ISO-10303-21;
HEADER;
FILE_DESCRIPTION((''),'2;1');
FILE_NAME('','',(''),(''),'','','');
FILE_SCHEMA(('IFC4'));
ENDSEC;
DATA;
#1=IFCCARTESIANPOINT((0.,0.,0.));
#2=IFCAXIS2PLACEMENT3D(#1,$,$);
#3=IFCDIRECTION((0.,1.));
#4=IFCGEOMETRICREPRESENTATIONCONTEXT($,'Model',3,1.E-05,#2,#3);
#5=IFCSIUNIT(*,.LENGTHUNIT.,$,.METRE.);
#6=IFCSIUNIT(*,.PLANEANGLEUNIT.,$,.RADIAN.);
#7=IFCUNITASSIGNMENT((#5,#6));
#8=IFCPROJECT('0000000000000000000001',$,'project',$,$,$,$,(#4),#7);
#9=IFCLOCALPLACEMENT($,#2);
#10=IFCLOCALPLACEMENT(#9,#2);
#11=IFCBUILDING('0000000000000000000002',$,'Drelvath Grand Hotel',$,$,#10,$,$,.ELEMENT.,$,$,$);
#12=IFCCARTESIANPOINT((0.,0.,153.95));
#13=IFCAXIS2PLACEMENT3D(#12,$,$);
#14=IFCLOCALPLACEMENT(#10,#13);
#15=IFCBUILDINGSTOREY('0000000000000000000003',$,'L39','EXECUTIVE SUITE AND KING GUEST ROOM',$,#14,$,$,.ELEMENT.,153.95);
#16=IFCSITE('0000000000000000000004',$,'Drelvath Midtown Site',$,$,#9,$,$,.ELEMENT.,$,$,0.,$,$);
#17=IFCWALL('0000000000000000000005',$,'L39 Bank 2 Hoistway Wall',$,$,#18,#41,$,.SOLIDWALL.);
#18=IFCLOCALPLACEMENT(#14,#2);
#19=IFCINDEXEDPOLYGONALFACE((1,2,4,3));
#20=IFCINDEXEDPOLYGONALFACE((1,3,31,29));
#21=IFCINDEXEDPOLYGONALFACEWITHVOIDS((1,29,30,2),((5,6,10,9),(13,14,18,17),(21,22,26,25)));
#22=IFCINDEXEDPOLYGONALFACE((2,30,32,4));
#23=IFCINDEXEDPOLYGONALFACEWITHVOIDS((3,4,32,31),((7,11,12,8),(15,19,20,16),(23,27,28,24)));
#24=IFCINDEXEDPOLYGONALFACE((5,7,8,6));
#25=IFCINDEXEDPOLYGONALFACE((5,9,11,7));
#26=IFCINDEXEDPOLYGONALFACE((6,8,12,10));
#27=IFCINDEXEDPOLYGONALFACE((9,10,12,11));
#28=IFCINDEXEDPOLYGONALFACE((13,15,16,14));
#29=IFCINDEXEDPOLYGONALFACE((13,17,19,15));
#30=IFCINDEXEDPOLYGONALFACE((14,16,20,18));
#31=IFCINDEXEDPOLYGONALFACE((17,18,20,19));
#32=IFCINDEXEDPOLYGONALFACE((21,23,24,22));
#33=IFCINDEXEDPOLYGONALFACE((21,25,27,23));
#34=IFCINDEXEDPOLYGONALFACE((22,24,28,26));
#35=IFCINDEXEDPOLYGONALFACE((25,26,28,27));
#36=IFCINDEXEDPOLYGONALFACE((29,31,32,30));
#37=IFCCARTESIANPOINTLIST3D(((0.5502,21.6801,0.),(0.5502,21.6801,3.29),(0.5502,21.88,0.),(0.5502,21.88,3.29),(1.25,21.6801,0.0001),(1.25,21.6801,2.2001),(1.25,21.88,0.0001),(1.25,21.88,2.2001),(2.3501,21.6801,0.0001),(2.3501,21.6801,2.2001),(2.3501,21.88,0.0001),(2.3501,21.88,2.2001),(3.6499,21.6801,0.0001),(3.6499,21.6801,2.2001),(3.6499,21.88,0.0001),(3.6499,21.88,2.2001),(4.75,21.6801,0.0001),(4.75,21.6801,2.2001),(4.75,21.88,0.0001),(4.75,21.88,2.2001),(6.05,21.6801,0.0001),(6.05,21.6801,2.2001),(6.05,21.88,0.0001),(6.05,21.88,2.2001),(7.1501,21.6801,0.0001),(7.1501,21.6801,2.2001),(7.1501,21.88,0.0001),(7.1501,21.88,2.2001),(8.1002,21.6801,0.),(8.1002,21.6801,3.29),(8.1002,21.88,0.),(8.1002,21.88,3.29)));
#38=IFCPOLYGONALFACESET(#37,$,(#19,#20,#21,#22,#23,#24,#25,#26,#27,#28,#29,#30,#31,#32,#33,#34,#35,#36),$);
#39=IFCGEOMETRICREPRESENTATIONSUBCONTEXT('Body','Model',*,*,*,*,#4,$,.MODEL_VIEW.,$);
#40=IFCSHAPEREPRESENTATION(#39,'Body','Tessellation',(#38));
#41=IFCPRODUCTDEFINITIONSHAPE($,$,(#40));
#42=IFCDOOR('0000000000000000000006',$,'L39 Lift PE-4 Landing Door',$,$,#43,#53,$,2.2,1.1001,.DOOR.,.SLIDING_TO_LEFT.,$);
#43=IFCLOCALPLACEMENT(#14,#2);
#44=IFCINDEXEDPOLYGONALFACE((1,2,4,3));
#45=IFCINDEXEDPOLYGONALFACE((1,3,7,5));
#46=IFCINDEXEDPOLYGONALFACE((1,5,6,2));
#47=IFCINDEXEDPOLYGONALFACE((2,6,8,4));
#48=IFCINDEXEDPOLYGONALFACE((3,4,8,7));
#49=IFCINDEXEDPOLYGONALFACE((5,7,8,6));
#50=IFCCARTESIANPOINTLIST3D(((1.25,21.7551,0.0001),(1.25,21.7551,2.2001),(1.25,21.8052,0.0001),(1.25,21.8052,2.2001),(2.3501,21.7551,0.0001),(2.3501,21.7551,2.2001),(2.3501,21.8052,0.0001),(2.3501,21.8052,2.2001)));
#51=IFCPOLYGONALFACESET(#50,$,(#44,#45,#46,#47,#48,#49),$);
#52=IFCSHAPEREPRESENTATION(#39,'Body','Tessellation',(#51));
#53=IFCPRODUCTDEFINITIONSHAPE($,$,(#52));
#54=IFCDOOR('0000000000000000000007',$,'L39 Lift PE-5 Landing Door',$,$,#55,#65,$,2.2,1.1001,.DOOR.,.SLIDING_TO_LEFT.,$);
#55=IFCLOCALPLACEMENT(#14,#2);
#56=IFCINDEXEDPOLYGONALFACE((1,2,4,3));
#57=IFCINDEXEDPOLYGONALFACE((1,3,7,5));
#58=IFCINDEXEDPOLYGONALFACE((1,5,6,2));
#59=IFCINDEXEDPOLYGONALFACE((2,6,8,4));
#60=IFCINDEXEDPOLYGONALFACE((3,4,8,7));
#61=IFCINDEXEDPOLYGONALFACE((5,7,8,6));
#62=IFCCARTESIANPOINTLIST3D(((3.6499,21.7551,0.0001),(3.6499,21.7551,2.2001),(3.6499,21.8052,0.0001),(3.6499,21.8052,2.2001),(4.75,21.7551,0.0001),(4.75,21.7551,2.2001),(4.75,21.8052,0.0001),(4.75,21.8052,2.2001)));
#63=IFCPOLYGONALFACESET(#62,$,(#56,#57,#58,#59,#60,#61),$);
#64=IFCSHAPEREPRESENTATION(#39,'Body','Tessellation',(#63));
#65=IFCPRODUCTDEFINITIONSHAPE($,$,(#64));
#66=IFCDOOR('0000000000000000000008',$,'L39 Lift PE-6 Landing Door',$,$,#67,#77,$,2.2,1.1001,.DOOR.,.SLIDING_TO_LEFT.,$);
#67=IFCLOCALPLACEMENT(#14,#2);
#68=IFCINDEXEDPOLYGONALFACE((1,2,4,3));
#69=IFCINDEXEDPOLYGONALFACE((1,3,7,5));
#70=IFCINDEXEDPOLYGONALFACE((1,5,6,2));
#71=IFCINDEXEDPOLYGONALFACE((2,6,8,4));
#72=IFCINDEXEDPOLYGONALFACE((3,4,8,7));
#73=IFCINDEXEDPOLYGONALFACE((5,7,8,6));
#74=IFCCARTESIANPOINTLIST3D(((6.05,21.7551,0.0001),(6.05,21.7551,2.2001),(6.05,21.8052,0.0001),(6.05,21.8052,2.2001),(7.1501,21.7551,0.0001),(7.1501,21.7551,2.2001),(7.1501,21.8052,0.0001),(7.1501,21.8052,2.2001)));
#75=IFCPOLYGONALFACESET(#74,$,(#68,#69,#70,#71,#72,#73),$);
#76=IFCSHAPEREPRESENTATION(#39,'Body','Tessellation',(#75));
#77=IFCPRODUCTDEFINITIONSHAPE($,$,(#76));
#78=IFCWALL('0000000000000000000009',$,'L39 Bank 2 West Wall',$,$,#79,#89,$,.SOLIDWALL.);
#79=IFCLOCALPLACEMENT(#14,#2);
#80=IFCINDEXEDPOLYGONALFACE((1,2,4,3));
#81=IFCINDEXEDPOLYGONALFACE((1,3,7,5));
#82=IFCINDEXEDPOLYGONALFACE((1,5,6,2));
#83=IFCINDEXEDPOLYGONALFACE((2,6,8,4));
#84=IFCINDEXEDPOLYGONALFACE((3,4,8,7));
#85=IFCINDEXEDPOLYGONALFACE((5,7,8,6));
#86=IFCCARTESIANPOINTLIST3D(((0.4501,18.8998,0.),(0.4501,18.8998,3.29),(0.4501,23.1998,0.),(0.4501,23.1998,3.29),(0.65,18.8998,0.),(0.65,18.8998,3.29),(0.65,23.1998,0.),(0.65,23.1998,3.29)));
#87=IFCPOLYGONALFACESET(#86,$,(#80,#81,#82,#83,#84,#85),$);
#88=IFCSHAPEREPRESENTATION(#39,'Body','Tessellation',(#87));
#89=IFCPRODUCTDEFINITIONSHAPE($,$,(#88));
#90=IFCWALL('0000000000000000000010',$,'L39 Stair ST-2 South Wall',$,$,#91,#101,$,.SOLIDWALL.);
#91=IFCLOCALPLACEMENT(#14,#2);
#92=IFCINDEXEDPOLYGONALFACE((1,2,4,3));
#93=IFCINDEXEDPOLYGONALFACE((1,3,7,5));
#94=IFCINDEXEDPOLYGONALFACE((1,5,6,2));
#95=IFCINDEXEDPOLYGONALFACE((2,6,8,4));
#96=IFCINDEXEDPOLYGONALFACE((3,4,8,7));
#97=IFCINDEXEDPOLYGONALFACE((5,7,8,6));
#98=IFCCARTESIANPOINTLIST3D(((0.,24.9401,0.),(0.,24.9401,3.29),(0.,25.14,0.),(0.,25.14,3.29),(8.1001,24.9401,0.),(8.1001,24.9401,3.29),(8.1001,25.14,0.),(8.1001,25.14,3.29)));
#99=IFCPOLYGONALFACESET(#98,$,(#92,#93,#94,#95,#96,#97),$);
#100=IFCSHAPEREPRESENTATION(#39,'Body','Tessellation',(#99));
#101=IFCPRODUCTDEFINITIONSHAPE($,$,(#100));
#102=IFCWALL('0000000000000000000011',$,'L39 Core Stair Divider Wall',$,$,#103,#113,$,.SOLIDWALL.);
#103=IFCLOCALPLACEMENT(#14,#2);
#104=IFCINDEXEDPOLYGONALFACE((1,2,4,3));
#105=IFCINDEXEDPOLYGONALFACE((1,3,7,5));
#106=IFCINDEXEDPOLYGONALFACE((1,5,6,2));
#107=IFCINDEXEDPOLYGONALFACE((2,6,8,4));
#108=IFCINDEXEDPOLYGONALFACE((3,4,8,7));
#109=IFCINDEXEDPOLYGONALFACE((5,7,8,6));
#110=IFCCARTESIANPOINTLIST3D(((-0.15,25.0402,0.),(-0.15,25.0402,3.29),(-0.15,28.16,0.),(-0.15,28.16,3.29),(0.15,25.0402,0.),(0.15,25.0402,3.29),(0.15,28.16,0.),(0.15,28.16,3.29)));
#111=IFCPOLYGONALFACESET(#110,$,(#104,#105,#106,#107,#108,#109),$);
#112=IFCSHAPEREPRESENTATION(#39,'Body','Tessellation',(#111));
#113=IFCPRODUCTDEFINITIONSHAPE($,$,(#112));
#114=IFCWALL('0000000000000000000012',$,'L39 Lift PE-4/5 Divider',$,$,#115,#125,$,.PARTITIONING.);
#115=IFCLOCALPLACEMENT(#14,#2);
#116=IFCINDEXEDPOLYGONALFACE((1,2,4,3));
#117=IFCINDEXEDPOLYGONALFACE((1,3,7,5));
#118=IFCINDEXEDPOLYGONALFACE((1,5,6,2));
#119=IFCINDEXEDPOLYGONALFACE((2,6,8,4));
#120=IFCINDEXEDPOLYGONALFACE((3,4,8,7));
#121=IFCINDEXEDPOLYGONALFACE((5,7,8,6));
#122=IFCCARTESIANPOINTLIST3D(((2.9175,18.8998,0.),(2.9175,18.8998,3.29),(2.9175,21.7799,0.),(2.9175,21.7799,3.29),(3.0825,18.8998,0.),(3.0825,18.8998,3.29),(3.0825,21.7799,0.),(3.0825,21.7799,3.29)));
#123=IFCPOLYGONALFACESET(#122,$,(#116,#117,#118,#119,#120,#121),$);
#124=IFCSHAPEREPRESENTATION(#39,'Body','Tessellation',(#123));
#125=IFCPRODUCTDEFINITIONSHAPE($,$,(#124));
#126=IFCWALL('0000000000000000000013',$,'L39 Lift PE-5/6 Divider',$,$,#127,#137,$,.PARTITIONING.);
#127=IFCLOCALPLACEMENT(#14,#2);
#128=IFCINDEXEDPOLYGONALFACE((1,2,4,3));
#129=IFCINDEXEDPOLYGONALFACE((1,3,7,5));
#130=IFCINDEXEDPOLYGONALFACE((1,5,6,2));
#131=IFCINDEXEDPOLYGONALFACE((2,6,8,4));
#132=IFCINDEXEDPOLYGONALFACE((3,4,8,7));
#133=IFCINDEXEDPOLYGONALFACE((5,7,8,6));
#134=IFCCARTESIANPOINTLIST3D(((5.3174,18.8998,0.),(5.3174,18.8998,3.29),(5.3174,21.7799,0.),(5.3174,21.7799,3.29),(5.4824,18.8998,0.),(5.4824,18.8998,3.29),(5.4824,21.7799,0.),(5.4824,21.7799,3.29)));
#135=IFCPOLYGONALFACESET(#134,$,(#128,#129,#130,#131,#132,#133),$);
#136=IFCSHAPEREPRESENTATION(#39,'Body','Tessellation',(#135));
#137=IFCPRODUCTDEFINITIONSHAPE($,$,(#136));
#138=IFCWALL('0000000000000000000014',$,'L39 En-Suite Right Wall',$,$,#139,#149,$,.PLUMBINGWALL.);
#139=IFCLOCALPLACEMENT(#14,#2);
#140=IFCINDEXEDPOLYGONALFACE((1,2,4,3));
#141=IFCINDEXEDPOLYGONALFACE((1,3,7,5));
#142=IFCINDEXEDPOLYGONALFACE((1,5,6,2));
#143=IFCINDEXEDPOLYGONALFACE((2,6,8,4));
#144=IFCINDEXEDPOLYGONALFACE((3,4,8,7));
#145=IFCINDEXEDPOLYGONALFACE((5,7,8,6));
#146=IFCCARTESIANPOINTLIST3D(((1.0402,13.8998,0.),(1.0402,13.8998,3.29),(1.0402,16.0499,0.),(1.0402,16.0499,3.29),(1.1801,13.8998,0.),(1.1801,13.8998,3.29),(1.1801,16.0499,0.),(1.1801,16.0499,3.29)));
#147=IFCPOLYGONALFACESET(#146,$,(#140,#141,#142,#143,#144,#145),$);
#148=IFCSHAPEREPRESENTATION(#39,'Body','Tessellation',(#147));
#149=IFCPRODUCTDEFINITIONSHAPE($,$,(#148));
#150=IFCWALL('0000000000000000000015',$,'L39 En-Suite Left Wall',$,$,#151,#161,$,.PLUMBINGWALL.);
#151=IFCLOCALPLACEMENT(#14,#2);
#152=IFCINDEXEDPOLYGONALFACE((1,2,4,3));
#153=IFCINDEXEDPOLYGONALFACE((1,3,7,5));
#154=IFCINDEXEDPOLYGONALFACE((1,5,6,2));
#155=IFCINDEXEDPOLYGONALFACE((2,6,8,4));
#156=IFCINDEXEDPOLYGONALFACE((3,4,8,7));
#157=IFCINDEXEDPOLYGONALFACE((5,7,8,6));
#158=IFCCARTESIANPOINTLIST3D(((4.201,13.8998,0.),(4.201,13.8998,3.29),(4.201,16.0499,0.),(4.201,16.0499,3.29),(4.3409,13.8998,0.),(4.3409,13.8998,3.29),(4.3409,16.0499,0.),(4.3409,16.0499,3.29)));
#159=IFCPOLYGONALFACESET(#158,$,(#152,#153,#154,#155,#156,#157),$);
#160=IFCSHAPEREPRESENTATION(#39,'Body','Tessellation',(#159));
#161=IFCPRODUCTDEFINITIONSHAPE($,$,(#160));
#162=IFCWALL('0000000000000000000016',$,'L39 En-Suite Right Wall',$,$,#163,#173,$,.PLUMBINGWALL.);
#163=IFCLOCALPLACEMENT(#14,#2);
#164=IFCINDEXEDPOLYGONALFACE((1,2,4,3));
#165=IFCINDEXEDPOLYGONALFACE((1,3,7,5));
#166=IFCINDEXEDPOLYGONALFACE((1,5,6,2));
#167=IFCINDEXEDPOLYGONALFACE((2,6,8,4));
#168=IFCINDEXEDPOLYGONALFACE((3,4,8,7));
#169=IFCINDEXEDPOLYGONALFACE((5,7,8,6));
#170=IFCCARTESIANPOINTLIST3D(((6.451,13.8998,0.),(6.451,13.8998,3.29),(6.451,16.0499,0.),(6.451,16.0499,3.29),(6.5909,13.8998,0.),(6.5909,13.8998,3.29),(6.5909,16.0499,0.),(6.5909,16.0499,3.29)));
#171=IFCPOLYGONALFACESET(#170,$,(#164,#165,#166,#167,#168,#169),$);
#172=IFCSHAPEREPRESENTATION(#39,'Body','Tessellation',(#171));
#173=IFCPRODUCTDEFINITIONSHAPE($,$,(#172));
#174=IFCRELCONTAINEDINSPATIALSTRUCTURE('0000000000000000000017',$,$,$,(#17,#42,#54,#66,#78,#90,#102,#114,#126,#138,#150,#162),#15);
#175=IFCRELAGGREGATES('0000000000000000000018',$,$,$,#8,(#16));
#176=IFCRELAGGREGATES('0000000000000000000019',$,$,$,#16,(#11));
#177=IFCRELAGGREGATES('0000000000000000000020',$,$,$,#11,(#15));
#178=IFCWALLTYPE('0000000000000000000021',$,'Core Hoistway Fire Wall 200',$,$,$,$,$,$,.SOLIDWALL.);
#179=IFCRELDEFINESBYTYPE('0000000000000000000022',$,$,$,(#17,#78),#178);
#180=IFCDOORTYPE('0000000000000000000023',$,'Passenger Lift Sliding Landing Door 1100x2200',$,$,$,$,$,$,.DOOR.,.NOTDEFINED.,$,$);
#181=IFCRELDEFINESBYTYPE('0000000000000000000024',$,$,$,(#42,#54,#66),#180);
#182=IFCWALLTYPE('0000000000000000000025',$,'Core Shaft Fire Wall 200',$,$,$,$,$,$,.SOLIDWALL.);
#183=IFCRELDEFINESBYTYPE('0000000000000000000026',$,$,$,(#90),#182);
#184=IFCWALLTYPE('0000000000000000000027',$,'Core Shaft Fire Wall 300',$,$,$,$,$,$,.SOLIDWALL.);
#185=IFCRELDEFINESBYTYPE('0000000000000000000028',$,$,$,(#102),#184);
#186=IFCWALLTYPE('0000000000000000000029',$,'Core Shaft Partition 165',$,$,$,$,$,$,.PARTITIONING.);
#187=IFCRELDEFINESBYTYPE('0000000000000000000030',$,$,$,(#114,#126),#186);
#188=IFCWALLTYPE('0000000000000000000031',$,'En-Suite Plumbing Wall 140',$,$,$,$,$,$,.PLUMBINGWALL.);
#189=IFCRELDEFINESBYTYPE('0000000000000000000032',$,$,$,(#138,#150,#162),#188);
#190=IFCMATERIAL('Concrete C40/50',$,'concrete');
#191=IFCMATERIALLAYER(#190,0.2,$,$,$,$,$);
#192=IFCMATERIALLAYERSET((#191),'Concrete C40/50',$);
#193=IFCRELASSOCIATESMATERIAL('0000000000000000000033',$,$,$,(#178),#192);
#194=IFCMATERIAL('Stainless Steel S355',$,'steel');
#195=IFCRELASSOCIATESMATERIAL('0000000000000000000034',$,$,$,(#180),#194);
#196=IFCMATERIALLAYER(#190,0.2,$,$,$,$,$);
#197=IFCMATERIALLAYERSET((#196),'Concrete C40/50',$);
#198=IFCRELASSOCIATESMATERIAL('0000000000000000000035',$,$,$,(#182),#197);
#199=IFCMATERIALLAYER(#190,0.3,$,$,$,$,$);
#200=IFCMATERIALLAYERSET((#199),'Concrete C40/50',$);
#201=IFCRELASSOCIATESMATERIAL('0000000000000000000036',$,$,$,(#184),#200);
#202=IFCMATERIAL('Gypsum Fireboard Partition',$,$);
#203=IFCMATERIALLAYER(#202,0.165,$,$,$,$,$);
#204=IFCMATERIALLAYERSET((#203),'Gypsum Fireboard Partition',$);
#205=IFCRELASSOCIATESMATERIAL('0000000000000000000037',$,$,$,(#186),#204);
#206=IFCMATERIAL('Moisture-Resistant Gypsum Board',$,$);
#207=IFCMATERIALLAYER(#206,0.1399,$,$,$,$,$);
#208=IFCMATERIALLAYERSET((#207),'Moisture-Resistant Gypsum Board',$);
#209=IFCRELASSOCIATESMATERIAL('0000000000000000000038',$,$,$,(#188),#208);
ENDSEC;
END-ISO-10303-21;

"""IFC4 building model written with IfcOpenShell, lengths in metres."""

from ifc_helpers import new_model, si_unit, direction, frame, frame_2d, origin, place, context, subcontext, project, spatial, rectangle, extrude, material, layer, layer_set, type_object, element, fill, save


model = new_model("IFC4")

# Units and contexts
model_context = context("Model", 3, precision=1e-05, world=origin(), true_north=direction((0.0, 1.0)))
body_context = subcontext(model_context, "Body", "Model", "MODEL_VIEW")
ifc_project = project(units=[si_unit("LENGTHUNIT", "METRE"), si_unit("PLANEANGLEUNIT", "RADIAN")], contexts=[model_context])

# Site, building, storey
site_placement = place(None, origin())
site = spatial("IfcSite", under=ifc_project, at=site_placement, Name="Drelvath Midtown Site", CompositionType="ELEMENT", RefElevation=0.0)
building_placement = place(site_placement, origin())
building = spatial("IfcBuilding", under=site, at=building_placement, Name="Drelvath Grand Hotel", CompositionType="ELEMENT")
storey_placement = place(building_placement, frame((0.0, 0.0, 153.95)))
storey = spatial("IfcBuildingStorey", under=building, at=storey_placement, Name="L39", Description="EXECUTIVE SUITE AND KING GUEST ROOM", CompositionType="ELEMENT", Elevation=153.95)

# Wall, openings, doors
ifc_material_1 = material(Name="Concrete C40/50", Category="concrete")
ifc_layer_1 = layer(ifc_material_1, 0.2)
ifc_layer_set_1 = layer_set([ifc_layer_1], Name="Concrete C40/50")
wall_type_1 = type_object("IfcWallType", Name="Core Hoistway Fire Wall 200", PredefinedType="SOLIDWALL", material=ifc_layer_set_1)
wall_1_placement = place(storey_placement, frame((8.1001, 21.78, 0.0), z_axis=(0.0, 0.0, 1.0), x_axis=(-1.0, 0.0, 0.0)))
wall_1 = element("IfcWall", 1, at=wall_1_placement, inside=storey, type_object=wall_type_1, Name="L39 Bank 2 Hoistway Wall", PredefinedType="SOLIDWALL", context=body_context, shape_type="SweptSolid", body=[
    extrude(rectangle(XDim=7.55, YDim=0.2, at=frame_2d((3.7749, 0.0))), origin(), (0.0, 0.0, 1.0), 3.29),
])
opening_1_placement = place(wall_1_placement, frame((5.75, 0.0, 0.0)))
opening_1 = element("IfcOpeningElement", 2, at=opening_1_placement, cuts=wall_1, PredefinedType="OPENING", context=body_context, shape_type="SweptSolid", body=[
    extrude(rectangle(XDim=1.1001, YDim=2.2, at=frame_2d((0.55, 1.1001))), frame((0.0, 0.1099, 0.0), z_axis=(0.0, -1.0, 0.0), x_axis=(1.0, 0.0, 0.0)), (0.0, 0.0, 1.0), 0.22),
])
opening_2_placement = place(wall_1_placement, frame((3.3501, 0.0, 0.0)))
opening_2 = element("IfcOpeningElement", 3, at=opening_2_placement, cuts=wall_1, PredefinedType="OPENING", context=body_context, shape_type="SweptSolid", body=[
    extrude(rectangle(XDim=1.1001, YDim=2.2, at=frame_2d((0.55, 1.1001))), frame((0.0, 0.1099, 0.0), z_axis=(0.0, -1.0, 0.0), x_axis=(1.0, 0.0, 0.0)), (0.0, 0.0, 1.0), 0.22),
])
opening_3_placement = place(wall_1_placement, frame((0.95, 0.0, 0.0)))
opening_3 = element("IfcOpeningElement", 4, at=opening_3_placement, cuts=wall_1, PredefinedType="OPENING", context=body_context, shape_type="SweptSolid", body=[
    extrude(rectangle(XDim=1.1001, YDim=2.2, at=frame_2d((0.55, 1.1001))), frame((0.0, 0.1099, 0.0), z_axis=(0.0, -1.0, 0.0), x_axis=(1.0, 0.0, 0.0)), (0.0, 0.0, 1.0), 0.22),
])
ifc_material_2 = material(Name="Stainless Steel S355", Category="steel")
door_type_1 = type_object("IfcDoorType", Name="Passenger Lift Sliding Landing Door 1100x2200", OperationType="NOTDEFINED", PredefinedType="DOOR", material=ifc_material_2)
door_1_placement = place(opening_1_placement, origin())
door_1 = element("IfcDoor", 5, at=door_1_placement, inside=storey, type_object=door_type_1, Name="L39 Lift PE-4 Landing Door", OperationType="SLIDING_TO_LEFT", OverallHeight=2.2, OverallWidth=1.1001, PredefinedType="DOOR", context=body_context, shape_type="SweptSolid", body=[
    extrude(rectangle(XDim=1.1001, YDim=2.2, at=frame_2d((0.55, 1.1001))), frame((0.0, 0.0249, 0.0), z_axis=(0.0, -1.0, 0.0), x_axis=(1.0, 0.0, 0.0)), (0.0, 0.0, 1.0), 0.05),
])
fill(opening_1, door_1)
door_2_placement = place(opening_2_placement, origin())
door_2 = element("IfcDoor", 6, at=door_2_placement, inside=storey, type_object=door_type_1, Name="L39 Lift PE-5 Landing Door", OperationType="SLIDING_TO_LEFT", OverallHeight=2.2, OverallWidth=1.1001, PredefinedType="DOOR", context=body_context, shape_type="SweptSolid", body=[
    extrude(rectangle(XDim=1.1001, YDim=2.2, at=frame_2d((0.55, 1.1001))), frame((0.0, 0.0249, 0.0), z_axis=(0.0, -1.0, 0.0), x_axis=(1.0, 0.0, 0.0)), (0.0, 0.0, 1.0), 0.05),
])
fill(opening_2, door_2)
door_3_placement = place(opening_3_placement, origin())
door_3 = element("IfcDoor", 7, at=door_3_placement, inside=storey, type_object=door_type_1, Name="L39 Lift PE-6 Landing Door", OperationType="SLIDING_TO_LEFT", OverallHeight=2.2, OverallWidth=1.1001, PredefinedType="DOOR", context=body_context, shape_type="SweptSolid", body=[
    extrude(rectangle(XDim=1.1001, YDim=2.2, at=frame_2d((0.55, 1.1001))), frame((0.0, 0.0249, 0.0), z_axis=(0.0, -1.0, 0.0), x_axis=(1.0, 0.0, 0.0)), (0.0, 0.0, 1.0), 0.05),
])
fill(opening_3, door_3)

# Walls
wall_2_placement = place(storey_placement, frame((0.55, 18.8999, 0.0), z_axis=(0.0, 0.0, 1.0), x_axis=(0.0, 1.0, 0.0)))
element("IfcWall", 8, at=wall_2_placement, inside=storey, type_object=wall_type_1, Name="L39 Bank 2 West Wall", PredefinedType="SOLIDWALL", context=body_context, shape_type="SweptSolid", body=[
    extrude(rectangle(XDim=4.3, YDim=0.2, at=frame_2d((2.1499, 0.0))), origin(), (0.0, 0.0, 1.0), 3.29),
])
ifc_layer_2 = layer(ifc_material_1, 0.2)
ifc_layer_set_2 = layer_set([ifc_layer_2], Name="Concrete C40/50")
wall_type_2 = type_object("IfcWallType", Name="Core Shaft Fire Wall 200", PredefinedType="SOLIDWALL", material=ifc_layer_set_2)
wall_3_placement = place(storey_placement, frame((0.0, 25.04, 0.0), z_axis=(0.0, 0.0, 1.0), x_axis=(1.0, 0.0, 0.0)))
element("IfcWall", 9, at=wall_3_placement, inside=storey, type_object=wall_type_2, Name="L39 Stair ST-2 South Wall", PredefinedType="SOLIDWALL", context=body_context, shape_type="SweptSolid", body=[
    extrude(rectangle(XDim=8.1001, YDim=0.2, at=frame_2d((4.05, 0.0))), origin(), (0.0, 0.0, 1.0), 3.29),
])
ifc_layer_3 = layer(ifc_material_1, 0.3)
ifc_layer_set_3 = layer_set([ifc_layer_3], Name="Concrete C40/50")
wall_type_3 = type_object("IfcWallType", Name="Core Shaft Fire Wall 300", PredefinedType="SOLIDWALL", material=ifc_layer_set_3)
wall_4_placement = place(storey_placement, frame((0.0, 25.04, 0.0), z_axis=(0.0, 0.0, 1.0), x_axis=(0.0, 1.0, 0.0)))
element("IfcWall", 10, at=wall_4_placement, inside=storey, type_object=wall_type_3, Name="L39 Core Stair Divider Wall", PredefinedType="SOLIDWALL", context=body_context, shape_type="SweptSolid", body=[
    extrude(rectangle(XDim=3.1199, YDim=0.3, at=frame_2d((1.5601, 0.0))), origin(), (0.0, 0.0, 1.0), 3.29),
])
ifc_material_3 = material(Name="Gypsum Fireboard Partition")
ifc_layer_4 = layer(ifc_material_3, 0.165)
ifc_layer_set_4 = layer_set([ifc_layer_4], Name="Gypsum Fireboard Partition")
wall_type_4 = type_object("IfcWallType", Name="Core Shaft Partition 165", PredefinedType="PARTITIONING", material=ifc_layer_set_4)
for number, where, z_axis, x_axis, name in (
    (11, (3.0, 18.8999, 0.0), (0.0, 0.0, 1.0), (0.0, 1.0, 0.0), "L39 Lift PE-4/5 Divider"),
    (12, (5.3999, 18.8999, 0.0), (0.0, 0.0, 1.0), (0.0, 1.0, 0.0), "L39 Lift PE-5/6 Divider"),
):
    element("IfcWall", number, at=place(storey_placement, frame(where, z_axis=z_axis, x_axis=x_axis)), inside=storey, type_object=wall_type_4, Name=name, PredefinedType="PARTITIONING", context=body_context, shape_type="SweptSolid", body=[
        extrude(rectangle(XDim=2.8801, YDim=0.165, at=frame_2d((1.4399, 0.0))), origin(), (0.0, 0.0, 1.0), 3.29),
    ])
ifc_material_4 = material(Name="Moisture-Resistant Gypsum Board")
ifc_layer_5 = layer(ifc_material_4, 0.1399)
ifc_layer_set_5 = layer_set([ifc_layer_5], Name="Moisture-Resistant Gypsum Board")
wall_type_5 = type_object("IfcWallType", Name="En-Suite Plumbing Wall 140", PredefinedType="PLUMBINGWALL", material=ifc_layer_set_5)
for number, where, z_axis, x_axis, name in (
    (13, (1.1101, 16.05, 0.0), (0.0, 0.0, 1.0), (0.0, -1.0, 0.0), "L39 En-Suite Right Wall"),
    (14, (4.271, 16.05, 0.0), (0.0, 0.0, 1.0), (0.0, -1.0, 0.0), "L39 En-Suite Left Wall"),
    (15, (6.521, 16.05, 0.0), (0.0, 0.0, 1.0), (0.0, -1.0, 0.0), "L39 En-Suite Right Wall"),
):
    element("IfcWall", number, at=place(storey_placement, frame(where, z_axis=z_axis, x_axis=x_axis)), inside=storey, type_object=wall_type_5, Name=name, PredefinedType="PLUMBINGWALL", context=body_context, shape_type="SweptSolid", body=[
        extrude(rectangle(XDim=2.1501, YDim=0.1399, at=frame_2d((1.0752, 0.0))), origin(), (0.0, 0.0, 1.0), 3.29),
    ])

save(model, "model.ifc")
